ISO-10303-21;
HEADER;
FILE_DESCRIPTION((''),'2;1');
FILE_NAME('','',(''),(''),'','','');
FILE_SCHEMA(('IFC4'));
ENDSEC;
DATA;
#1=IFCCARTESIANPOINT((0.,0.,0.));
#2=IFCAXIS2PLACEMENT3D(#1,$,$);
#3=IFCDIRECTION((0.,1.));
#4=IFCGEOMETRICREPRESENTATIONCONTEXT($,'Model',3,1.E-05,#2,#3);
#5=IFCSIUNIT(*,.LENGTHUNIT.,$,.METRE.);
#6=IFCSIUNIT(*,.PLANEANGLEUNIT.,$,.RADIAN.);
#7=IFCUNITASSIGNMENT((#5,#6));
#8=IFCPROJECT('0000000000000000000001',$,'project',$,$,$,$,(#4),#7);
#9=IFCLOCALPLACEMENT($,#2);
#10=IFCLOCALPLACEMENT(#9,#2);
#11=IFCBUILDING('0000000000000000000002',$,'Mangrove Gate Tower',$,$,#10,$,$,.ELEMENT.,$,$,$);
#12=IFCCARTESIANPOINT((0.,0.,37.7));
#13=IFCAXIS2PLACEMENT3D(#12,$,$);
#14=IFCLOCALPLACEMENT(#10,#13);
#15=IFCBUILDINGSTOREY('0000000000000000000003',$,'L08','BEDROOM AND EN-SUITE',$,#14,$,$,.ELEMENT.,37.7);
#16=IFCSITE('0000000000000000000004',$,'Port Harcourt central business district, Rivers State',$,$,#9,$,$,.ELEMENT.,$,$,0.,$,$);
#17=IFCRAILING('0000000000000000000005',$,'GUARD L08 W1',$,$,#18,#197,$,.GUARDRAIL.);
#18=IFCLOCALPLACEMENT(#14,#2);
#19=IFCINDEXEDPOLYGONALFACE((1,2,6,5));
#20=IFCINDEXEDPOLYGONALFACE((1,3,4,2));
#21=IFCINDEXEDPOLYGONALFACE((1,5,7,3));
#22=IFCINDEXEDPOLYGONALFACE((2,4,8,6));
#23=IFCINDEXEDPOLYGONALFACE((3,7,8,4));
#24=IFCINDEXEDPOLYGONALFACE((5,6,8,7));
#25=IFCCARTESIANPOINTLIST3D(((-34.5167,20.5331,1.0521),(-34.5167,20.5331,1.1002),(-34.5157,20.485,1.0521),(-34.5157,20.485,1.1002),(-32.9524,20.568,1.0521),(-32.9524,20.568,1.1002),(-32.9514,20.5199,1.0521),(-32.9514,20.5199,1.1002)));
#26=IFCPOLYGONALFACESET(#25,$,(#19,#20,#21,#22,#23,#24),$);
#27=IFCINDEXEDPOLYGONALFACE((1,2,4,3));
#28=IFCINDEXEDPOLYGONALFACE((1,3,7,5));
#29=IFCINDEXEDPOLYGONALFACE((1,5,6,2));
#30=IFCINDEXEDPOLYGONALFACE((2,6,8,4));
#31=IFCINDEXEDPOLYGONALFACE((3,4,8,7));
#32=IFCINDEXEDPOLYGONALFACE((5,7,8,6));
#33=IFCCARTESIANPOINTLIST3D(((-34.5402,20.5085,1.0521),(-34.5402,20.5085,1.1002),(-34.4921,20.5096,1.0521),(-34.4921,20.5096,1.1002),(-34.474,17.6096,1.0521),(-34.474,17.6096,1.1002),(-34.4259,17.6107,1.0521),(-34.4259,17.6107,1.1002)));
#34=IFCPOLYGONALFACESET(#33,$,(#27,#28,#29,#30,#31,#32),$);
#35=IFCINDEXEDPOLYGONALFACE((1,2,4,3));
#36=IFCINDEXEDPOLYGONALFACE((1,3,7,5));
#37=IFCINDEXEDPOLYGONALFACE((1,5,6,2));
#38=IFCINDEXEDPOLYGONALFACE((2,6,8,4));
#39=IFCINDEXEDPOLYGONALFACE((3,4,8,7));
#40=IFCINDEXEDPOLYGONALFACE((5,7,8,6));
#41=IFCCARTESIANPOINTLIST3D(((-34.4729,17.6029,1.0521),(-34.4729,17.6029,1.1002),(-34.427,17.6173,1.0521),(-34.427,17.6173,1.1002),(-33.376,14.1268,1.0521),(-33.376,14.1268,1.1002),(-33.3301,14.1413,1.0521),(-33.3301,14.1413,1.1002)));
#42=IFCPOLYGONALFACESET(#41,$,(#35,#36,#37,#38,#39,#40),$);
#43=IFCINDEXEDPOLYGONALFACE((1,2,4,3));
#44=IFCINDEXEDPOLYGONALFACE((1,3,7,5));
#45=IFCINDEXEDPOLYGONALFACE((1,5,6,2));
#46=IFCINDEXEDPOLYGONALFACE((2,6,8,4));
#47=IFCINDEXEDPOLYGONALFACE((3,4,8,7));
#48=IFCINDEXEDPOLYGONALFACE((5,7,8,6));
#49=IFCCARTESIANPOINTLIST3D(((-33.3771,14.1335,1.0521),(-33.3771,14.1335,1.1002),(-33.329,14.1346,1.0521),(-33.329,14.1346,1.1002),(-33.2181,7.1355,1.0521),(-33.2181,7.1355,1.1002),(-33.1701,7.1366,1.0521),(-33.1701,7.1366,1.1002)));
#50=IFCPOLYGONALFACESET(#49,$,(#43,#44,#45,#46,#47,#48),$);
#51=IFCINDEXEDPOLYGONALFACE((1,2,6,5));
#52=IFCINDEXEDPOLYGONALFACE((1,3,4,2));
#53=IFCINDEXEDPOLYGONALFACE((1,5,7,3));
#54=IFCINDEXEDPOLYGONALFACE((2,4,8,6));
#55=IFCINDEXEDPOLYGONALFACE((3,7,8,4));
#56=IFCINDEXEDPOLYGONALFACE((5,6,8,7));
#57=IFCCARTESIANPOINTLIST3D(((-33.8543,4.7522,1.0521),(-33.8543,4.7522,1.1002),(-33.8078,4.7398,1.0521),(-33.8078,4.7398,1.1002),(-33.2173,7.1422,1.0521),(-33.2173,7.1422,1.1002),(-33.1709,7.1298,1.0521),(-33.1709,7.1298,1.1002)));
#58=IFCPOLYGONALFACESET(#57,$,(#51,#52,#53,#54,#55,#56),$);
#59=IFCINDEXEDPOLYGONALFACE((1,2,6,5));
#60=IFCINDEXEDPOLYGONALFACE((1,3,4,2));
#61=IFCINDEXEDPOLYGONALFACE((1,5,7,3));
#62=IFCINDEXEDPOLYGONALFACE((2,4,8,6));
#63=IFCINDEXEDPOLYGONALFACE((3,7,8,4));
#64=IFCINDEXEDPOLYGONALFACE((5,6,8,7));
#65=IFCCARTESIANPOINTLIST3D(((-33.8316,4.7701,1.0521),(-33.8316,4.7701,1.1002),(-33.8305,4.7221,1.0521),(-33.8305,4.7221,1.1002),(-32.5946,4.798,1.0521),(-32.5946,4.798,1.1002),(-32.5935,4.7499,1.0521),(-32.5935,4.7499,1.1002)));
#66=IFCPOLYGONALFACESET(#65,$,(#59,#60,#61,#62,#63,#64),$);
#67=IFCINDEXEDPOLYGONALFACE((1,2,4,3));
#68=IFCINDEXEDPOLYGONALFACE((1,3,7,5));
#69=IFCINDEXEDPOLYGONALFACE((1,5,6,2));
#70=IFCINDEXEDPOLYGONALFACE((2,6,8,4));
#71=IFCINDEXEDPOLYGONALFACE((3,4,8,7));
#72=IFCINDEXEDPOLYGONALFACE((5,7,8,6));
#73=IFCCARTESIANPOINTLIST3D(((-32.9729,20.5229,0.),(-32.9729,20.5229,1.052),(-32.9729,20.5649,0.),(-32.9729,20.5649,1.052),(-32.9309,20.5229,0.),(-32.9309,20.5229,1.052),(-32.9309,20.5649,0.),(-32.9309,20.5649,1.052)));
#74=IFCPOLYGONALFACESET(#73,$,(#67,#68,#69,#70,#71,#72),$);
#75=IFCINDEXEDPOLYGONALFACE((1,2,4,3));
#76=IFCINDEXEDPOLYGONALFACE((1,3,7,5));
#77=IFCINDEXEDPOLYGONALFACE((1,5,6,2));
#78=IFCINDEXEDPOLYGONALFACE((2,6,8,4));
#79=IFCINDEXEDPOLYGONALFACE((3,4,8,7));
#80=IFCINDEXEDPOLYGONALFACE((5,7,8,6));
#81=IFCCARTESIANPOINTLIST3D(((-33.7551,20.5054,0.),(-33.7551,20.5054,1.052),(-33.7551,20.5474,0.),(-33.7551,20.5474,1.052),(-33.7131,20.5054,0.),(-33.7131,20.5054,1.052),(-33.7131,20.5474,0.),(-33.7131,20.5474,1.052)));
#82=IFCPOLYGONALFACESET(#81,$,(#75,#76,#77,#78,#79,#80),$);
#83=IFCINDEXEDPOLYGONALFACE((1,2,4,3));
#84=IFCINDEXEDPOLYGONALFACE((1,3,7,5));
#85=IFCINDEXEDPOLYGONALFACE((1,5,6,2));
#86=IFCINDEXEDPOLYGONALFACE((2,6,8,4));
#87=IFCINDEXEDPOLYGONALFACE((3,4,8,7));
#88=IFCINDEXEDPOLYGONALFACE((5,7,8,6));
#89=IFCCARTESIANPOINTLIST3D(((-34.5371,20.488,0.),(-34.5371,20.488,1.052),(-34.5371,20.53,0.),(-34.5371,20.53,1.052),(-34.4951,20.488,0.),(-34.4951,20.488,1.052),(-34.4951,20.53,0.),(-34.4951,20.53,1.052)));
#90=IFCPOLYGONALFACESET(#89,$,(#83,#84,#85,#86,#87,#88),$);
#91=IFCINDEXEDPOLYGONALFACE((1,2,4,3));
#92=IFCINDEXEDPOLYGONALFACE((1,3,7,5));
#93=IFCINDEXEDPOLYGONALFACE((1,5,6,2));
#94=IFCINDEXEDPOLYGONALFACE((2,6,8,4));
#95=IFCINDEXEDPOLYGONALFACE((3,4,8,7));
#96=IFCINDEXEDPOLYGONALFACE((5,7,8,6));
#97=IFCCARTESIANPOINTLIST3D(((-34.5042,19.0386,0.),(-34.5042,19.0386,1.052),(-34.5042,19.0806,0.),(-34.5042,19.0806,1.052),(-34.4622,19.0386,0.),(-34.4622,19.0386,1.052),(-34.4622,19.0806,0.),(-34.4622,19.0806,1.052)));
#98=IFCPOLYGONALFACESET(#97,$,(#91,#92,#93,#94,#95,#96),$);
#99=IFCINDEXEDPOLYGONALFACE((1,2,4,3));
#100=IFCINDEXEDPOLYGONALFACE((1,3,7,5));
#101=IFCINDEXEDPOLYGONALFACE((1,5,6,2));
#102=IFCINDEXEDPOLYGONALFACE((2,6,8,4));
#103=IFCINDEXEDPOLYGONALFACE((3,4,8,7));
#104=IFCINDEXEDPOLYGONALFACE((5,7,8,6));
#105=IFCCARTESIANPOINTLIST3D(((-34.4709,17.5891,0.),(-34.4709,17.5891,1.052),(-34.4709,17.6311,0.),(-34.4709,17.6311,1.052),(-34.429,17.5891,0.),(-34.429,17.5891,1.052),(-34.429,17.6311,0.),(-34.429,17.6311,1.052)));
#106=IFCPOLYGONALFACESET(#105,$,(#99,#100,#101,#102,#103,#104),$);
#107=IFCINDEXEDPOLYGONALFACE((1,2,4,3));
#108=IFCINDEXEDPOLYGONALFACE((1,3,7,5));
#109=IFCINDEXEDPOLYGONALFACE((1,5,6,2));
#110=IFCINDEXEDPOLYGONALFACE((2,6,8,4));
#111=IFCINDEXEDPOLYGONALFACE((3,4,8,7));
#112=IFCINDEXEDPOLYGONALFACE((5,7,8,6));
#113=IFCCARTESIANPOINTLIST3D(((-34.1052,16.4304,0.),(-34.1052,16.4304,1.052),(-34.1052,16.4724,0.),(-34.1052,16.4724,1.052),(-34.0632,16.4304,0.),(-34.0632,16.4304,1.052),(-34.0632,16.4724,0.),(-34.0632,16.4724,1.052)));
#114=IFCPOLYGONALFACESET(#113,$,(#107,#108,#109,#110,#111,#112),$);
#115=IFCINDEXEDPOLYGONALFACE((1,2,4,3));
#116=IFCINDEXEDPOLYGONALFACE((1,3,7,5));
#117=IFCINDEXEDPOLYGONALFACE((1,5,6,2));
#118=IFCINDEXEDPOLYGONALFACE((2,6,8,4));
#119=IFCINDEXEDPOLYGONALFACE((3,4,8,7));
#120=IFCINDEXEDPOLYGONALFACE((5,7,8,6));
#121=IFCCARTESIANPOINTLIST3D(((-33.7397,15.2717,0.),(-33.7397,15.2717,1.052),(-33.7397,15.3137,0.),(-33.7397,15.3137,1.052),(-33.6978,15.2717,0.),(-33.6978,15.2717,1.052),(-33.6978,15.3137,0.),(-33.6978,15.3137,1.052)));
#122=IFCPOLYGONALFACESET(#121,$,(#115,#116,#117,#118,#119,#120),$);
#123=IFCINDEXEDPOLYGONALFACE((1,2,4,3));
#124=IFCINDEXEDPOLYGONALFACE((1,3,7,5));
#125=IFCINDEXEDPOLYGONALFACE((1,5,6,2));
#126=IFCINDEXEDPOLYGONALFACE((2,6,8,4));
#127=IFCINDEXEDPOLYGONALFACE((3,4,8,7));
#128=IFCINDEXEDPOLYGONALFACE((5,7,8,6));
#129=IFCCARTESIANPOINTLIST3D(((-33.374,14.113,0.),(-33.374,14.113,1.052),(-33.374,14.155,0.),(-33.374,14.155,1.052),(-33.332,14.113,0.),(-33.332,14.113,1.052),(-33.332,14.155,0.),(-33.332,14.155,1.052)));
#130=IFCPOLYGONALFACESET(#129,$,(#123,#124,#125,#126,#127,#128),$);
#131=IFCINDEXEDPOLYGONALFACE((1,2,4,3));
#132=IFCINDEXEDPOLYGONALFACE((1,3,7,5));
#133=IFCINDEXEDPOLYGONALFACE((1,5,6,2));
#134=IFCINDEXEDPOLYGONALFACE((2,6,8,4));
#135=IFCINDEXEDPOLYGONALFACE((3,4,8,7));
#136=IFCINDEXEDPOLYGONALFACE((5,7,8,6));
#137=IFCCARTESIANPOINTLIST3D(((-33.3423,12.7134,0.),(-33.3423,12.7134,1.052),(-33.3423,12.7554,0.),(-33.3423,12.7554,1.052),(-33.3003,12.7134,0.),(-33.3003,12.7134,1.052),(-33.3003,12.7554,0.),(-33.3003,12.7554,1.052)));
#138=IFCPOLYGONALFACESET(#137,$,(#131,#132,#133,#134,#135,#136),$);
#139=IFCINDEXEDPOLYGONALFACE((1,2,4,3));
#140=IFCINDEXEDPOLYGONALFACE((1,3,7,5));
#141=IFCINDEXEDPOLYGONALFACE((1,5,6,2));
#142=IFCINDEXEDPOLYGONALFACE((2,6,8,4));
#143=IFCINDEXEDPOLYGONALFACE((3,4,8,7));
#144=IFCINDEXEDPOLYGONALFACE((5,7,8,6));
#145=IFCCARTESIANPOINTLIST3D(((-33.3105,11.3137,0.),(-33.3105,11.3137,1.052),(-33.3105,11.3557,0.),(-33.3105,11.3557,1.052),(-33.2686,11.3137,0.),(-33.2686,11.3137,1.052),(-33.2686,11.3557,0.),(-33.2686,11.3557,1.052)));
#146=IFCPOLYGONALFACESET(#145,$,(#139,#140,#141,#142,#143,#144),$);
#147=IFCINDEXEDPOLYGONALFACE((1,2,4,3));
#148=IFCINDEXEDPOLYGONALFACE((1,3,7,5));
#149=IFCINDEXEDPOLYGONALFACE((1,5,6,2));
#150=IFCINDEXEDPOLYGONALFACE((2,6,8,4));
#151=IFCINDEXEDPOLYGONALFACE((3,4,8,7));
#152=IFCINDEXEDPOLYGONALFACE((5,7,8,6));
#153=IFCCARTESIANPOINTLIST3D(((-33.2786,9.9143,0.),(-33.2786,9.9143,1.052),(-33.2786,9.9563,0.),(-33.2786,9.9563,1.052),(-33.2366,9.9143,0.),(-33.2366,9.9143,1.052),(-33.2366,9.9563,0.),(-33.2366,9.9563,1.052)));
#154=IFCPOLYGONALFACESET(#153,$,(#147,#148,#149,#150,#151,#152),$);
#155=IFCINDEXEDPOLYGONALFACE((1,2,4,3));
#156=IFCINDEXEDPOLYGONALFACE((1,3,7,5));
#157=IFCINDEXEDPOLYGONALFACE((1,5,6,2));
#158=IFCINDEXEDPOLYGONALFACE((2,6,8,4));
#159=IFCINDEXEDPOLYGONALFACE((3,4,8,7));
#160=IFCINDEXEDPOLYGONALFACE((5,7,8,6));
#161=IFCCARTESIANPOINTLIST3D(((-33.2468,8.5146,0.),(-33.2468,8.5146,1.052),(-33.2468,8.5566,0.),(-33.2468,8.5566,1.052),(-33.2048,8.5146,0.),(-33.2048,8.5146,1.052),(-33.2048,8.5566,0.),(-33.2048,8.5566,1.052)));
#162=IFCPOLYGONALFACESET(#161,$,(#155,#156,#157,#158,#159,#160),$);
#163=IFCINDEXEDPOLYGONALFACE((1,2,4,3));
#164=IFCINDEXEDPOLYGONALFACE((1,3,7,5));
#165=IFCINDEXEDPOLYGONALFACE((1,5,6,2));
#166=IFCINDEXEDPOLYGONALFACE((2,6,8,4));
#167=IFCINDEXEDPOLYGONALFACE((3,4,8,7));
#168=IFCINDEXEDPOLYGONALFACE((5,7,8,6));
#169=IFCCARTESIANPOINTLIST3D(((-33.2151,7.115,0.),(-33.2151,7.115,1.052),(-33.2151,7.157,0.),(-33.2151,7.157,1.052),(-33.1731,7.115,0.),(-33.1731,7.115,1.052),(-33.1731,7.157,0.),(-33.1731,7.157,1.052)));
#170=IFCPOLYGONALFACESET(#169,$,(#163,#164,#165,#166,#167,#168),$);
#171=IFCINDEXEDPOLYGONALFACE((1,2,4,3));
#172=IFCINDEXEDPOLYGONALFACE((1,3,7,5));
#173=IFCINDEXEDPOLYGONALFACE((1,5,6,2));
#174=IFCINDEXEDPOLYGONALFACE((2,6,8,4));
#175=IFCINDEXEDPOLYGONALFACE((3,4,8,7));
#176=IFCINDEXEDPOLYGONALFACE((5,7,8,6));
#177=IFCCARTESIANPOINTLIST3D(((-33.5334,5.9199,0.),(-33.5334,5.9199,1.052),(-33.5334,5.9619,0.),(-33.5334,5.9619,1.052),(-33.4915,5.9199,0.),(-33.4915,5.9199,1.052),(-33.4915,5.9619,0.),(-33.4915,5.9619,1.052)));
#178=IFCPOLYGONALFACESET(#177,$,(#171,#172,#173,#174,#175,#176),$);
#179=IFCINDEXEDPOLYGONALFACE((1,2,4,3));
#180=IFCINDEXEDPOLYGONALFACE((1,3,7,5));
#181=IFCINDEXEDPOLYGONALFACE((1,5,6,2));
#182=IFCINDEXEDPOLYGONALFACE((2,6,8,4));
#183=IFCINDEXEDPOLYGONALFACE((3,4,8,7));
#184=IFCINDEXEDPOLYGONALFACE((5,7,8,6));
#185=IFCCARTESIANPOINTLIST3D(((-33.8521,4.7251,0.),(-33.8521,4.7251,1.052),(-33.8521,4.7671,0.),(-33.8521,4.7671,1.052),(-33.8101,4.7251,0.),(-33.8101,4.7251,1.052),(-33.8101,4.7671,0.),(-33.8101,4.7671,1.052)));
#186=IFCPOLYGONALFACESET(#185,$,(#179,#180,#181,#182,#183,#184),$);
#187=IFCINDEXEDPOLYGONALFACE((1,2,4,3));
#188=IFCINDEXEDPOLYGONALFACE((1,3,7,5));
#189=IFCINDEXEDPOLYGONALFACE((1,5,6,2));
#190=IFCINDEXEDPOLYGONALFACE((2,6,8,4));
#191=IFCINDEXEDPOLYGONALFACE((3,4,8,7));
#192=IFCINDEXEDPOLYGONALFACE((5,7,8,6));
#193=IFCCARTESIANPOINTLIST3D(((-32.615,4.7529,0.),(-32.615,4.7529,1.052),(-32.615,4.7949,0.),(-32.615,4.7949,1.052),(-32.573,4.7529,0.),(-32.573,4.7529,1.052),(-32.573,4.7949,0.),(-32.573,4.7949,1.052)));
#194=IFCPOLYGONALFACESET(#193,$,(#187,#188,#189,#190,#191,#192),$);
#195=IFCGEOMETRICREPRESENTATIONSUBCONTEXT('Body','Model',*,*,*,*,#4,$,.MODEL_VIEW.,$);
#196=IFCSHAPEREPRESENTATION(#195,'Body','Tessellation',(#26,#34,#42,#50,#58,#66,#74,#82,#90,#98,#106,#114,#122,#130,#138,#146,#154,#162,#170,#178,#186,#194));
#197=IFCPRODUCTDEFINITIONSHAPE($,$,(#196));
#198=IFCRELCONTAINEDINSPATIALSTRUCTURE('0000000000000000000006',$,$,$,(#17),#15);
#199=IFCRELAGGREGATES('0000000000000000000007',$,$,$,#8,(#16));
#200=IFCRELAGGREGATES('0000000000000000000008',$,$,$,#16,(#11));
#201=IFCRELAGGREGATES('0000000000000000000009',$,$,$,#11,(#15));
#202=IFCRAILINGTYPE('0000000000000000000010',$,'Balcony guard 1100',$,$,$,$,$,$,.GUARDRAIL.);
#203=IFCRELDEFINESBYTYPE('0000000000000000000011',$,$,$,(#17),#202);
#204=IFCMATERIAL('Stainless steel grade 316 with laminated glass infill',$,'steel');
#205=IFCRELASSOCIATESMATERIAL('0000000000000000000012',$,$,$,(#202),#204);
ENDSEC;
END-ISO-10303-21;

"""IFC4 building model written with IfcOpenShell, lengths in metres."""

from ifc_helpers import new_model, si_unit, direction, frame, origin, origin_2d, place, context, subcontext, project, spatial, rectangle, extrude, material, type_object, element, save


model = new_model("IFC4")

# Units and contexts
model_context = context("Model", 3, precision=1e-05, world=origin(), true_north=direction((0.0, 1.0)))
body_context = subcontext(model_context, "Body", "Model", "MODEL_VIEW")
ifc_project = project(units=[si_unit("LENGTHUNIT", "METRE"), si_unit("PLANEANGLEUNIT", "RADIAN")], contexts=[model_context])

# Site, building, storey
site_placement = place(None, origin())
site = spatial("IfcSite", under=ifc_project, at=site_placement, Name="Port Harcourt central business district, Rivers State", CompositionType="ELEMENT", RefElevation=0.0)
building_placement = place(site_placement, origin())
building = spatial("IfcBuilding", under=site, at=building_placement, Name="Mangrove Gate Tower", CompositionType="ELEMENT")
storey_placement = place(building_placement, frame((0.0, 0.0, 37.7)))
storey = spatial("IfcBuildingStorey", under=building, at=storey_placement, Name="L08", Description="BEDROOM AND EN-SUITE", CompositionType="ELEMENT", Elevation=37.7)

# Railing
ifc_material_1 = material(Name="Stainless steel grade 316 with laminated glass infill", Category="steel")
railing_type = type_object("IfcRailingType", Name="Balcony guard 1100", PredefinedType="GUARDRAIL", material=ifc_material_1)
railing_placement = place(storey_placement, frame((-32.9519, 20.5439, 0.0)))
element("IfcRailing", 1, at=railing_placement, inside=storey, type_object=railing_type, Name="GUARD L08 W1", PredefinedType="GUARDRAIL", context=body_context, shape_type="SweptSolid", body=[
    extrude(rectangle(XDim=0.0481, YDim=0.0481, at=origin_2d()), frame((0.0, 0.0, 1.0762), z_axis=(-0.999751, -0.022314, 0.0), x_axis=(0.022314, -0.999751, 0.0)), (0.0, 0.0, 1.0), 1.5647),
    extrude(rectangle(XDim=0.0481, YDim=0.0481, at=origin_2d()), frame((-1.5642, -0.0349, 1.0762), z_axis=(0.022817, -0.99974, 0.0), x_axis=(0.99974, 0.022817, 0.0)), (0.0, 0.0, 1.0), 2.8997),
    extrude(rectangle(XDim=0.0481, YDim=0.0481, at=origin_2d()), frame((-1.498, -2.9338, 1.0762), z_axis=(0.300936, -0.953644, 0.0), x_axis=(0.953644, 0.300936, 0.0)), (0.0, 0.0, 1.0), 3.645),
    extrude(rectangle(XDim=0.0481, YDim=0.0481, at=origin_2d()), frame((-0.4011, -6.4099, 1.0762), z_axis=(0.022706, -0.999742, 0.0), x_axis=(0.999742, 0.022706, 0.0)), (0.0, 0.0, 1.0), 6.9998),
    extrude(rectangle(XDim=0.0481, YDim=0.0481, at=origin_2d()), frame((-0.2422, -13.408, 1.0762), z_axis=(-0.257534, -0.966269, 0.0), x_axis=(0.966269, -0.257534, 0.0)), (0.0, 0.0, 1.0), 2.4734),
    extrude(rectangle(XDim=0.0481, YDim=0.0481, at=origin_2d()), frame((-0.8792, -15.7979, 1.0762), z_axis=(0.999747, 0.022493, 0.0), x_axis=(-0.022493, 0.999747, 0.0)), (0.0, 0.0, 1.0), 1.2373),
    extrude(rectangle(XDim=0.042, YDim=0.042, at=origin_2d()), origin(), (0.0, 0.0, 1.0), 1.052),
    extrude(rectangle(XDim=0.042, YDim=0.042, at=origin_2d()), frame((-0.7822, -0.0176, 0.0)), (0.0, 0.0, 1.0), 1.052),
    extrude(rectangle(XDim=0.042, YDim=0.042, at=origin_2d()), frame((-1.5642, -0.0349, 0.0)), (0.0, 0.0, 1.0), 1.052),
    extrude(rectangle(XDim=0.042, YDim=0.042, at=origin_2d()), frame((-1.5312, -1.4844, 0.0)), (0.0, 0.0, 1.0), 1.052),
    extrude(rectangle(XDim=0.042, YDim=0.042, at=origin_2d()), frame((-1.498, -2.9338, 0.0)), (0.0, 0.0, 1.0), 1.052),
    extrude(rectangle(XDim=0.042, YDim=0.042, at=origin_2d()), frame((-1.1323, -4.0925, 0.0)), (0.0, 0.0, 1.0), 1.052),
    extrude(rectangle(XDim=0.042, YDim=0.042, at=origin_2d()), frame((-0.7668, -5.2512, 0.0)), (0.0, 0.0, 1.0), 1.052),
    extrude(rectangle(XDim=0.042, YDim=0.042, at=origin_2d()), frame((-0.4011, -6.4099, 0.0)), (0.0, 0.0, 1.0), 1.052),
    extrude(rectangle(XDim=0.042, YDim=0.042, at=origin_2d()), frame((-0.3694, -7.8096, 0.0)), (0.0, 0.0, 1.0), 1.052),
    extrude(rectangle(XDim=0.042, YDim=0.042, at=origin_2d()), frame((-0.3376, -9.2092, 0.0)), (0.0, 0.0, 1.0), 1.052),
    extrude(rectangle(XDim=0.042, YDim=0.042, at=origin_2d()), frame((-0.3057, -10.6086, 0.0)), (0.0, 0.0, 1.0), 1.052),
    extrude(rectangle(XDim=0.042, YDim=0.042, at=origin_2d()), frame((-0.2739, -12.0083, 0.0)), (0.0, 0.0, 1.0), 1.052),
    extrude(rectangle(XDim=0.042, YDim=0.042, at=origin_2d()), frame((-0.2422, -13.408, 0.0)), (0.0, 0.0, 1.0), 1.052),
    extrude(rectangle(XDim=0.042, YDim=0.042, at=origin_2d()), frame((-0.5605, -14.603, 0.0)), (0.0, 0.0, 1.0), 1.052),
    extrude(rectangle(XDim=0.042, YDim=0.042, at=origin_2d()), frame((-0.8792, -15.7979, 0.0)), (0.0, 0.0, 1.0), 1.052),
    extrude(rectangle(XDim=0.042, YDim=0.042, at=origin_2d()), frame((0.3579, -15.77, 0.0)), (0.0, 0.0, 1.0), 1.052),
])

save(model, "model.ifc")
